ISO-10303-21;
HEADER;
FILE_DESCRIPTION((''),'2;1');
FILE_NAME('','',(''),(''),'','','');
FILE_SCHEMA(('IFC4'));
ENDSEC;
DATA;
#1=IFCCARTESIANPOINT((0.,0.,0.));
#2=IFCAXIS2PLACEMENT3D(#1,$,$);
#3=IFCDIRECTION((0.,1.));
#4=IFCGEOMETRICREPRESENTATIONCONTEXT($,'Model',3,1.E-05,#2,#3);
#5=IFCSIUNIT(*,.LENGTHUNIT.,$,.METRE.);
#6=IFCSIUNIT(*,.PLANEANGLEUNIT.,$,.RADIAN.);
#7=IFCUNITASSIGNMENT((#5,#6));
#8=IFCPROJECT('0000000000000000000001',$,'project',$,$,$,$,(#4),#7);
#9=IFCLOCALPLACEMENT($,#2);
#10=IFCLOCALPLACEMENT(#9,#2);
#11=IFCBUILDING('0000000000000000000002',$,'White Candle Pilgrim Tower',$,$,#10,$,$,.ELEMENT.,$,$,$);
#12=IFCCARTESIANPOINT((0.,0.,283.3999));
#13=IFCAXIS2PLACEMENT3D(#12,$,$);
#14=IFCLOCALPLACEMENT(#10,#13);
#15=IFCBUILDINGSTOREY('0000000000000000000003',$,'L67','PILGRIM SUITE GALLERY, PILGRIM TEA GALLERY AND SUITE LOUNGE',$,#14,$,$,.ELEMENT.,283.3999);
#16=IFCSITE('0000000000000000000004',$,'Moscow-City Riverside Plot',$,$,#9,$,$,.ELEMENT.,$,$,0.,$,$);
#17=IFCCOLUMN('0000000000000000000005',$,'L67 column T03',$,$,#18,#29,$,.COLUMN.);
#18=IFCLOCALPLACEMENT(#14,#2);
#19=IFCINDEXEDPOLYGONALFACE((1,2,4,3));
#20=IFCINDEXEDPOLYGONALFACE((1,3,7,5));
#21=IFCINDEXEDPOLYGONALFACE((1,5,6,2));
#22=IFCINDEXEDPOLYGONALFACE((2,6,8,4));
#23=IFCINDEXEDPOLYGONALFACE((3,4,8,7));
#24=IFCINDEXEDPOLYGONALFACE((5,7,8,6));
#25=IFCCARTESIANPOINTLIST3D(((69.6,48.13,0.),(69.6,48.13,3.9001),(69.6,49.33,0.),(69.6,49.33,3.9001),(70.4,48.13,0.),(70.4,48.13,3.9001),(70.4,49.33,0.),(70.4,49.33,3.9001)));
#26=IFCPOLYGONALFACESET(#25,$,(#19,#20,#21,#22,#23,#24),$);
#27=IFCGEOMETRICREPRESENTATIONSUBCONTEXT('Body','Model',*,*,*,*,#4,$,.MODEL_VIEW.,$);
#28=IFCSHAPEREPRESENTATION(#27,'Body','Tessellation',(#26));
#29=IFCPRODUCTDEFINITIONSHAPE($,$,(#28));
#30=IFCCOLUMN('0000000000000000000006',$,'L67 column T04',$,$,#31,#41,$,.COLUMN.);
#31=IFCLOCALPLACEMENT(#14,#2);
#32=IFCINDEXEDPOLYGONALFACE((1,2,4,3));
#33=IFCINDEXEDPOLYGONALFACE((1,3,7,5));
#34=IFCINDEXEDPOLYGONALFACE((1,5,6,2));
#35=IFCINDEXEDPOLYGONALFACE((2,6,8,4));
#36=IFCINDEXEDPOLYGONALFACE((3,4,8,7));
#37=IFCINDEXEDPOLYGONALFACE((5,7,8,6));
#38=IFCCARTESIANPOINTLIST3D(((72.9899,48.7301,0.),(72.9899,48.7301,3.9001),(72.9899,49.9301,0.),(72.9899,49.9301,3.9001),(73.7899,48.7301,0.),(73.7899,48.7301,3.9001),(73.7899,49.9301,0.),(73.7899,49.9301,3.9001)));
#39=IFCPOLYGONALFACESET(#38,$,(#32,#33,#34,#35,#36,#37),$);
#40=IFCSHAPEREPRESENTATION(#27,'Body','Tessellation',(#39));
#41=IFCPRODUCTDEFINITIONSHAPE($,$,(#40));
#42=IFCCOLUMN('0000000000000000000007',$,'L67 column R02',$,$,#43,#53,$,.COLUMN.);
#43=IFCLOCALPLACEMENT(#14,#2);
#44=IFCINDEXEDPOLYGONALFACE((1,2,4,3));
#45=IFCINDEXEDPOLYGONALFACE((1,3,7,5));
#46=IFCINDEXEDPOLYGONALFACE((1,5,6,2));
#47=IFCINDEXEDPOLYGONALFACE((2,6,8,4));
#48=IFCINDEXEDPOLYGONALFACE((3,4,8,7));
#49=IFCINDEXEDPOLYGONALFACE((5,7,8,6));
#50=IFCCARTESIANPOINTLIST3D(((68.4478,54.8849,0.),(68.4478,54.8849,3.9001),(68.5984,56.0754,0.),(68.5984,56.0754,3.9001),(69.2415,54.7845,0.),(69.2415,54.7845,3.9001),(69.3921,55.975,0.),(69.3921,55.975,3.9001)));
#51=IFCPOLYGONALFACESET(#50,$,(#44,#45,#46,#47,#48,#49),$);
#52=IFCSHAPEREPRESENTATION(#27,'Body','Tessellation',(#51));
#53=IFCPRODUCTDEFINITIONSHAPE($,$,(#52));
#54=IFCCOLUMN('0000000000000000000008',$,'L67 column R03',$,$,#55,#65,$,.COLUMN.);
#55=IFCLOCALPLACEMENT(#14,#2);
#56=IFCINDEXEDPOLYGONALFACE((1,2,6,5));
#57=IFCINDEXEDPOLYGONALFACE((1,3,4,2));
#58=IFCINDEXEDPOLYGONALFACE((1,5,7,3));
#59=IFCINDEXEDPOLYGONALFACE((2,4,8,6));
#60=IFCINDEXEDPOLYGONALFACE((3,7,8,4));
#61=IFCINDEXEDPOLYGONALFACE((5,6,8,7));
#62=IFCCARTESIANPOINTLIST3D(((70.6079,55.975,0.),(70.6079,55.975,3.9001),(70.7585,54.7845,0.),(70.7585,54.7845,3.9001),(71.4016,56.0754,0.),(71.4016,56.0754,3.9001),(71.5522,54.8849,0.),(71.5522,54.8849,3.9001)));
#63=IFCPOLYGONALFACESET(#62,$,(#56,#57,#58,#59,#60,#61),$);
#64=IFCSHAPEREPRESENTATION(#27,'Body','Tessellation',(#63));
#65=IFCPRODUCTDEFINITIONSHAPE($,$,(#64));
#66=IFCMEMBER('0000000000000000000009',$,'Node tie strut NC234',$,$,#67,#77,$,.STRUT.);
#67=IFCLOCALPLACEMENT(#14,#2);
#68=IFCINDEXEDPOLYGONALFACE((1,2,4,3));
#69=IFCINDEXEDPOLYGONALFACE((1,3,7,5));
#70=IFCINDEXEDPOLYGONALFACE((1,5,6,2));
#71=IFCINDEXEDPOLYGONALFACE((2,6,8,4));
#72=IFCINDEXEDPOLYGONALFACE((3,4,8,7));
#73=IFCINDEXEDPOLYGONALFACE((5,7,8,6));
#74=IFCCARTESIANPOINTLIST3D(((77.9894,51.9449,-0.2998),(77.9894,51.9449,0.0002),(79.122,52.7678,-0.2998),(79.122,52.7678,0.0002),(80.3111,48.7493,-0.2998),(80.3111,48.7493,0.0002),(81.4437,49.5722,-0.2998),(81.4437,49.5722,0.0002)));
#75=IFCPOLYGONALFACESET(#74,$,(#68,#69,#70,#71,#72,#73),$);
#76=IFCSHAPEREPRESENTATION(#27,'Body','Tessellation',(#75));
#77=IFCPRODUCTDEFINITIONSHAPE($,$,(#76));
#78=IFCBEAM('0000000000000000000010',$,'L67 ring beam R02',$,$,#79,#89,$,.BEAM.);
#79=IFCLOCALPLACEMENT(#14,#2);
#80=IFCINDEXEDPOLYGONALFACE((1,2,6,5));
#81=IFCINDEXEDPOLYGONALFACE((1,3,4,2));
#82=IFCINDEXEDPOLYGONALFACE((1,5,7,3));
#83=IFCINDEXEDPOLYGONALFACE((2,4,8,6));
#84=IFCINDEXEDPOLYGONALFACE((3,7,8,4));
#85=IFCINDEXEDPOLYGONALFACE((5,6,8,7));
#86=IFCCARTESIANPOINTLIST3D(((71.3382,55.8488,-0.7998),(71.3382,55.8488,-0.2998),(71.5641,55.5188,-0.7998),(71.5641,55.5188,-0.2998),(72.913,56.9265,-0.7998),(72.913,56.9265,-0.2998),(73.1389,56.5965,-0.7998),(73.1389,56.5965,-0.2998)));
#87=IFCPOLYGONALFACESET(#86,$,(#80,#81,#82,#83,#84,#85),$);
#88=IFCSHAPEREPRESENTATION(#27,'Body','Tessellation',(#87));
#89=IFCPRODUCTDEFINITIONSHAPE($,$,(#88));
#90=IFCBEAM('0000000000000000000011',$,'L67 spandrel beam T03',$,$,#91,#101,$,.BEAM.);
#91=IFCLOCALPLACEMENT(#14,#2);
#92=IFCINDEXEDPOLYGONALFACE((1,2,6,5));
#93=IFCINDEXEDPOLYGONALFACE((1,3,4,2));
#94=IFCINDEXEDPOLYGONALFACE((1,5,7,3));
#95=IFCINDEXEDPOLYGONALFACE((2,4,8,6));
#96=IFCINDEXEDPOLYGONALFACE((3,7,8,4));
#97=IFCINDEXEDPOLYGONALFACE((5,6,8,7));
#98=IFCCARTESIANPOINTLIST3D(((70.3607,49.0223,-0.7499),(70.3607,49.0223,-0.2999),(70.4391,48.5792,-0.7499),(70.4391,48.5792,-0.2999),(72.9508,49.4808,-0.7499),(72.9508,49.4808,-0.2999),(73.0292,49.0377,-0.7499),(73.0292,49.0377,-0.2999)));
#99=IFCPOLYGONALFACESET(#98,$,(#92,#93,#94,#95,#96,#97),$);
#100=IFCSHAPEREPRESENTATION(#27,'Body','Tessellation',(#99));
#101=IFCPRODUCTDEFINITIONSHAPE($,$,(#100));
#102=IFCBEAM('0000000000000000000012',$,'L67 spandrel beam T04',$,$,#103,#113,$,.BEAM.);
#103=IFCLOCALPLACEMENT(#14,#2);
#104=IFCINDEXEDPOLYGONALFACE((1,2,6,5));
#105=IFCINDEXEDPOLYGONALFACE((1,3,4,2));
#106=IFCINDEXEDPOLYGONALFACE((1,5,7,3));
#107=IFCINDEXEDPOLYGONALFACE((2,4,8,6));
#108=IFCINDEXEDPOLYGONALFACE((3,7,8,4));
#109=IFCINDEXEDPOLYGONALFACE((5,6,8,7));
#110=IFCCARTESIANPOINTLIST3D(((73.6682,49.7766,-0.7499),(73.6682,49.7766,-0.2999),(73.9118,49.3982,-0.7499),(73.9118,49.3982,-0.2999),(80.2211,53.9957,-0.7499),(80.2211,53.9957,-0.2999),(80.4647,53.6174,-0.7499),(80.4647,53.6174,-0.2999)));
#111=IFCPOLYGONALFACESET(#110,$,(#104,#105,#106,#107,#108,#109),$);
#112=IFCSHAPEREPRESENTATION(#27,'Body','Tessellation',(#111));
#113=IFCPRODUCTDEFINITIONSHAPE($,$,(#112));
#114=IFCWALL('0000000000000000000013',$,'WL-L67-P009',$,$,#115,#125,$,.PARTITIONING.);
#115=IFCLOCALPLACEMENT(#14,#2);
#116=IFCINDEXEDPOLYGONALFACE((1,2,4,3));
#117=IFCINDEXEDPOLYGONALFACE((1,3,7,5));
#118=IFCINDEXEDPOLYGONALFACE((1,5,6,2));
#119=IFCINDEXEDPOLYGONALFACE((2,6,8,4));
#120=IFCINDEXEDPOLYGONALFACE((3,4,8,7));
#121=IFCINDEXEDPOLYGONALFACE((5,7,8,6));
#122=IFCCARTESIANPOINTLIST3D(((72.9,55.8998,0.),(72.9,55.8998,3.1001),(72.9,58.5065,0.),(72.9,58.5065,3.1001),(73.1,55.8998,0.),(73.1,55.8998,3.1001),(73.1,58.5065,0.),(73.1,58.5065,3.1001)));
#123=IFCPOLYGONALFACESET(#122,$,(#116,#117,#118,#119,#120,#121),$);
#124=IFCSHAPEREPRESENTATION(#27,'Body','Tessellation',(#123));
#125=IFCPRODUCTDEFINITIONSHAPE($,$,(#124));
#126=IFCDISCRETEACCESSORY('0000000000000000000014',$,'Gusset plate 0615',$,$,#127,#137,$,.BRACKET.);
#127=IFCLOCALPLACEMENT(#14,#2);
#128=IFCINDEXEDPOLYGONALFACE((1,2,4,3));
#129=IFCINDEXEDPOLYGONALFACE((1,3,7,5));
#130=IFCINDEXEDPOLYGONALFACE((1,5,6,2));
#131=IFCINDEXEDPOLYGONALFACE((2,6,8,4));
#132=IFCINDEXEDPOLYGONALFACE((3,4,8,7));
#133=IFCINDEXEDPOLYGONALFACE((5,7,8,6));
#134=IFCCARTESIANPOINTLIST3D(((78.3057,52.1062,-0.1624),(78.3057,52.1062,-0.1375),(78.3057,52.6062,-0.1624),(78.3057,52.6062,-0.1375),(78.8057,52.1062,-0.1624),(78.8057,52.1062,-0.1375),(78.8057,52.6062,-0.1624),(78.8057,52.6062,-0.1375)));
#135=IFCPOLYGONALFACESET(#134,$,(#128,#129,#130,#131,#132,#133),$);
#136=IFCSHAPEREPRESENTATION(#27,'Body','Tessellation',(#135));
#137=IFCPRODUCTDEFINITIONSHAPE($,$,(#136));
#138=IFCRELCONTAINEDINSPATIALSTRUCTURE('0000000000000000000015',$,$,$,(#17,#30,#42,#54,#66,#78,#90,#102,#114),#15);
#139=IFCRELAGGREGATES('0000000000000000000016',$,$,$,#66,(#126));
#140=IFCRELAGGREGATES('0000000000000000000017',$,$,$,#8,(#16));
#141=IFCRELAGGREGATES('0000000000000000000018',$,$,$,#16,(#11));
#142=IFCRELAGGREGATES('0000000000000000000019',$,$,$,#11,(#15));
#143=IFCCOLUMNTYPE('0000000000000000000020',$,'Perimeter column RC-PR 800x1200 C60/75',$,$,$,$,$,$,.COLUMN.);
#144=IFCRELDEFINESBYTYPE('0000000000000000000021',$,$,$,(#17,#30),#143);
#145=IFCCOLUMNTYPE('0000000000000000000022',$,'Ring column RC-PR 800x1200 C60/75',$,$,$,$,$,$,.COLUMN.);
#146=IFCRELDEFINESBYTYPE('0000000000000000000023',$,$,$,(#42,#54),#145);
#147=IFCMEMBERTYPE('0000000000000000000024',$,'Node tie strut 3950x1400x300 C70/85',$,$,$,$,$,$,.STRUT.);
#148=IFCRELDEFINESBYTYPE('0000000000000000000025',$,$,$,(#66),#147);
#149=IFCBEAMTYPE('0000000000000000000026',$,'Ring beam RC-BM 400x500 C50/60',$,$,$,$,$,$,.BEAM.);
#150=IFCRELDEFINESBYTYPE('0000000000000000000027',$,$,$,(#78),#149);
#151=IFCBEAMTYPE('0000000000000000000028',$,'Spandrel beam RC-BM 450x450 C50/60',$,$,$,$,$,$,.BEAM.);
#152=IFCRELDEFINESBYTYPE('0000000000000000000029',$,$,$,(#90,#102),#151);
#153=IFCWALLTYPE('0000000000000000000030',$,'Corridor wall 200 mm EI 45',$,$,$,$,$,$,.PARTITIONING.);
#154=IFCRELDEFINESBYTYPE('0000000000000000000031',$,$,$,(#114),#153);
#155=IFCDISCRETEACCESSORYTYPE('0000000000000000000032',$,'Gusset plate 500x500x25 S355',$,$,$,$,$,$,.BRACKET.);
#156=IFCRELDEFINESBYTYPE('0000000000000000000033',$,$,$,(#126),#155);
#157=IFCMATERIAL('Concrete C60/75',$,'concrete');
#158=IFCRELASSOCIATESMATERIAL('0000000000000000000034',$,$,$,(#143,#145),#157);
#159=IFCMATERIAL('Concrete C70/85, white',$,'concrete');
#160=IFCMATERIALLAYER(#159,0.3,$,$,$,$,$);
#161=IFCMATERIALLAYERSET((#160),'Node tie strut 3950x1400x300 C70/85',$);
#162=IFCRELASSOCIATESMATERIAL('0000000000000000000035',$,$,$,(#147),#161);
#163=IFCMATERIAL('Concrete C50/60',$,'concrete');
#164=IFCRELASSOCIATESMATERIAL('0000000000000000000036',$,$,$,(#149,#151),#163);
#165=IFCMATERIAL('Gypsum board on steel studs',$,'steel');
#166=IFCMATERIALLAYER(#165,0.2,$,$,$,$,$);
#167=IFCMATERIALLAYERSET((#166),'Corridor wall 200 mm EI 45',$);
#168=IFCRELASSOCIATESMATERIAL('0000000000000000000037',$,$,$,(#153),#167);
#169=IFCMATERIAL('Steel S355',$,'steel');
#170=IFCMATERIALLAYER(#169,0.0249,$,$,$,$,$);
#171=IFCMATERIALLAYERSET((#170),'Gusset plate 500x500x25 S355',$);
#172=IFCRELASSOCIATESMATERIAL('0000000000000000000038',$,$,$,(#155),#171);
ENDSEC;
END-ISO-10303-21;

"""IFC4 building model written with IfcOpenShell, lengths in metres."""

from ifc_helpers import new_model, si_unit, direction, frame, frame_2d, origin, origin_2d, place, context, subcontext, project, spatial, rectangle, extrude, material, layer, layer_set, material_profile, profile_set, type_object, element, aggregate, save


model = new_model("IFC4")

# Units and contexts
model_context = context("Model", 3, precision=1e-05, world=origin(), true_north=direction((0.0, 1.0)))
body_context = subcontext(model_context, "Body", "Model", "MODEL_VIEW")
ifc_project = project(units=[si_unit("LENGTHUNIT", "METRE"), si_unit("PLANEANGLEUNIT", "RADIAN")], contexts=[model_context])

# Site, building, storey
site_placement = place(None, origin())
site = spatial("IfcSite", under=ifc_project, at=site_placement, Name="Moscow-City Riverside Plot", CompositionType="ELEMENT", RefElevation=0.0)
building_placement = place(site_placement, origin())
building = spatial("IfcBuilding", under=site, at=building_placement, Name="White Candle Pilgrim Tower", CompositionType="ELEMENT")
storey_placement = place(building_placement, frame((0.0, 0.0, 283.3999)))
storey = spatial("IfcBuildingStorey", under=building, at=storey_placement, Name="L67", Description="PILGRIM SUITE GALLERY, PILGRIM TEA GALLERY AND SUITE LOUNGE", CompositionType="ELEMENT", Elevation=283.3999)

# Columns
ifc_material_1 = material(Name="Concrete C60/75", Category="concrete")
ifc_material_profile_1 = material_profile(ifc_material_1, rectangle(XDim=0.8, YDim=1.2, at=origin_2d()), Name="RC-PR 800x1200")
ifc_profile_set_1 = profile_set([ifc_material_profile_1], Name="Concrete C60/75")
column_type_1 = type_object("IfcColumnType", Name="Perimeter column RC-PR 800x1200 C60/75", PredefinedType="COLUMN", material=ifc_profile_set_1)
for number, where, z_axis, x_axis, name in (
    (1, (70.0, 48.73, 0.0), (0.0, 0.0, 1.0), (-1.0, 0.0, 0.0), "L67 column T03"),
    (2, (73.3899, 49.3301, 0.0), (0.0, 0.0, 1.0), (-1.0, 0.0, 0.0), "L67 column T04"),
):
    element("IfcColumn", number, at=place(storey_placement, frame(where, z_axis=z_axis, x_axis=x_axis)), inside=storey, type_object=column_type_1, Name=name, PredefinedType="COLUMN", context=body_context, shape_type="SweptSolid", body=[
        extrude(rectangle(XDim=0.8, YDim=1.2, at=origin_2d()), origin(), (0.0, 0.0, 1.0), 3.9001),
    ])
ifc_material_profile_2 = material_profile(ifc_material_1, rectangle(XDim=0.8, YDim=1.2, at=origin_2d()), Name="RC-PR 800x1200")
ifc_profile_set_2 = profile_set([ifc_material_profile_2], Name="Concrete C60/75")
column_type_2 = type_object("IfcColumnType", Name="Ring column RC-PR 800x1200 C60/75", PredefinedType="COLUMN", material=ifc_profile_set_2)
for number, where, z_axis, x_axis, name in (
    (3, (68.9199, 55.4299, 0.0), (0.0, 0.0, 1.0), (-0.992093, 0.125506, 0.0), "L67 column R02"),
    (4, (71.0801, 55.4299, 0.0), (0.0, 0.0, 1.0), (-0.992093, -0.125506, 0.0), "L67 column R03"),
):
    element("IfcColumn", number, at=place(storey_placement, frame(where, z_axis=z_axis, x_axis=x_axis)), inside=storey, type_object=column_type_2, Name=name, PredefinedType="COLUMN", context=body_context, shape_type="SweptSolid", body=[
        extrude(rectangle(XDim=0.8, YDim=1.2, at=origin_2d()), origin(), (0.0, 0.0, 1.0), 3.9001),
    ])

# Member
ifc_material_2 = material(Name="Concrete C70/85, white", Category="concrete")
ifc_layer_1 = layer(ifc_material_2, 0.3)
ifc_layer_set_1 = layer_set([ifc_layer_1], Name="Node tie strut 3950x1400x300 C70/85")
member_type = type_object("IfcMemberType", Name="Node tie strut 3950x1400x300 C70/85", PredefinedType="STRUT", material=ifc_layer_set_1)
member_placement = place(storey_placement, frame((79.7166, 50.7585, -0.2998), z_axis=(0.0, 0.0, 1.0), x_axis=(0.809017, 0.587785, 0.0)))
member = element("IfcMember", 5, at=member_placement, inside=storey, type_object=member_type, Name="Node tie strut NC234", PredefinedType="STRUT", context=body_context, shape_type="SweptSolid", body=[
    extrude(rectangle(XDim=1.3999, YDim=3.95, at=origin_2d()), origin(), (0.0, 0.0, 1.0), 0.3),
])

# Beams
ifc_material_3 = material(Name="Concrete C50/60", Category="concrete")
ifc_material_profile_3 = material_profile(ifc_material_3, rectangle(XDim=0.3999, YDim=0.5, at=origin_2d()), Name="RC-BM 400x500")
ifc_profile_set_3 = profile_set([ifc_material_profile_3], Name="Concrete C50/60")
beam_type_1 = type_object("IfcBeamType", Name="Ring beam RC-BM 400x500 C50/60", PredefinedType="BEAM", material=ifc_profile_set_3)
beam_1_placement = place(storey_placement, frame((71.4512, 55.6838, -0.5498), z_axis=(0.825257, 0.564757, 0.0), x_axis=(-0.564757, 0.825257, 0.0)))
element("IfcBeam", 6, at=beam_1_placement, inside=storey, type_object=beam_type_1, Name="L67 ring beam R02", PredefinedType="BEAM", context=body_context, shape_type="SweptSolid", body=[
    extrude(rectangle(XDim=0.3999, YDim=0.5, at=origin_2d()), origin(), (0.0, 0.0, 1.0), 1.9082),
])
ifc_material_profile_4 = material_profile(ifc_material_3, rectangle(XDim=0.45, YDim=0.45, at=origin_2d()), Name="RC-BM 450x450")
ifc_profile_set_4 = profile_set([ifc_material_profile_4], Name="Concrete C50/60")
beam_type_2 = type_object("IfcBeamType", Name="Spandrel beam RC-BM 450x450 C50/60", PredefinedType="BEAM", material=ifc_profile_set_4)
beam_2_placement = place(storey_placement, frame((70.3999, 48.8008, -0.5249), z_axis=(0.984691, 0.17431, 0.0), x_axis=(-0.17431, 0.984691, 0.0)))
element("IfcBeam", 7, at=beam_2_placement, inside=storey, type_object=beam_type_2, Name="L67 spandrel beam T03", PredefinedType="BEAM", context=body_context, shape_type="SweptSolid", body=[
    extrude(rectangle(XDim=0.45, YDim=0.45, at=origin_2d()), origin(), (0.0, 0.0, 1.0), 2.6304),
])
beam_3_placement = place(storey_placement, frame((73.79, 49.5874, -0.5249), z_axis=(0.840793, 0.541357, 0.0), x_axis=(-0.541357, 0.840793, 0.0)))
element("IfcBeam", 8, at=beam_3_placement, inside=storey, type_object=beam_type_2, Name="L67 spandrel beam T04", PredefinedType="BEAM", context=body_context, shape_type="SweptSolid", body=[
    extrude(rectangle(XDim=0.45, YDim=0.45, at=origin_2d()), origin(), (0.0, 0.0, 1.0), 7.7937),
])

# Wall
ifc_material_4 = material(Name="Gypsum board on steel studs", Category="steel")
ifc_layer_2 = layer(ifc_material_4, 0.2)
ifc_layer_set_2 = layer_set([ifc_layer_2], Name="Corridor wall 200 mm EI 45")
wall_type_1 = type_object("IfcWallType", Name="Corridor wall 200 mm EI 45", PredefinedType="PARTITIONING", material=ifc_layer_set_2)
wall_1_placement = place(storey_placement, frame((73.0, 55.8999, 0.0), z_axis=(0.0, 0.0, 1.0), x_axis=(0.0, 1.0, 0.0)))
element("IfcWall", 9, at=wall_1_placement, inside=storey, type_object=wall_type_1, Name="WL-L67-P009", PredefinedType="PARTITIONING", context=body_context, shape_type="SweptSolid", body=[
    extrude(rectangle(XDim=2.6067, YDim=0.2, at=frame_2d((1.3032, 0.0))), origin(), (0.0, 0.0, 1.0), 3.1001),
])

# Discrete accessory
ifc_material_5 = material(Name="Steel S355", Category="steel")
ifc_layer_3 = layer(ifc_material_5, 0.0249)
ifc_layer_set_3 = layer_set([ifc_layer_3], Name="Gusset plate 500x500x25 S355")
discrete_accessory_type = type_object("IfcDiscreteAccessoryType", Name="Gusset plate 500x500x25 S355", PredefinedType="BRACKET", material=ifc_layer_set_3)
discrete_accessory_placement = place(storey_placement, frame((78.5557, 52.3562, -0.1624), z_axis=(0.0, 0.0, 1.0), x_axis=(1.0, 0.0, 0.0)))
discrete_accessory = element("IfcDiscreteAccessory", 10, at=discrete_accessory_placement, type_object=discrete_accessory_type, Name="Gusset plate 0615", PredefinedType="BRACKET", context=body_context, shape_type="SweptSolid", body=[
    extrude(rectangle(XDim=0.5, YDim=0.5, at=origin_2d()), origin(), (0.0, 0.0, 1.0), 0.0249),
])
aggregate(member, [discrete_accessory])

save(model, "model.ifc")
